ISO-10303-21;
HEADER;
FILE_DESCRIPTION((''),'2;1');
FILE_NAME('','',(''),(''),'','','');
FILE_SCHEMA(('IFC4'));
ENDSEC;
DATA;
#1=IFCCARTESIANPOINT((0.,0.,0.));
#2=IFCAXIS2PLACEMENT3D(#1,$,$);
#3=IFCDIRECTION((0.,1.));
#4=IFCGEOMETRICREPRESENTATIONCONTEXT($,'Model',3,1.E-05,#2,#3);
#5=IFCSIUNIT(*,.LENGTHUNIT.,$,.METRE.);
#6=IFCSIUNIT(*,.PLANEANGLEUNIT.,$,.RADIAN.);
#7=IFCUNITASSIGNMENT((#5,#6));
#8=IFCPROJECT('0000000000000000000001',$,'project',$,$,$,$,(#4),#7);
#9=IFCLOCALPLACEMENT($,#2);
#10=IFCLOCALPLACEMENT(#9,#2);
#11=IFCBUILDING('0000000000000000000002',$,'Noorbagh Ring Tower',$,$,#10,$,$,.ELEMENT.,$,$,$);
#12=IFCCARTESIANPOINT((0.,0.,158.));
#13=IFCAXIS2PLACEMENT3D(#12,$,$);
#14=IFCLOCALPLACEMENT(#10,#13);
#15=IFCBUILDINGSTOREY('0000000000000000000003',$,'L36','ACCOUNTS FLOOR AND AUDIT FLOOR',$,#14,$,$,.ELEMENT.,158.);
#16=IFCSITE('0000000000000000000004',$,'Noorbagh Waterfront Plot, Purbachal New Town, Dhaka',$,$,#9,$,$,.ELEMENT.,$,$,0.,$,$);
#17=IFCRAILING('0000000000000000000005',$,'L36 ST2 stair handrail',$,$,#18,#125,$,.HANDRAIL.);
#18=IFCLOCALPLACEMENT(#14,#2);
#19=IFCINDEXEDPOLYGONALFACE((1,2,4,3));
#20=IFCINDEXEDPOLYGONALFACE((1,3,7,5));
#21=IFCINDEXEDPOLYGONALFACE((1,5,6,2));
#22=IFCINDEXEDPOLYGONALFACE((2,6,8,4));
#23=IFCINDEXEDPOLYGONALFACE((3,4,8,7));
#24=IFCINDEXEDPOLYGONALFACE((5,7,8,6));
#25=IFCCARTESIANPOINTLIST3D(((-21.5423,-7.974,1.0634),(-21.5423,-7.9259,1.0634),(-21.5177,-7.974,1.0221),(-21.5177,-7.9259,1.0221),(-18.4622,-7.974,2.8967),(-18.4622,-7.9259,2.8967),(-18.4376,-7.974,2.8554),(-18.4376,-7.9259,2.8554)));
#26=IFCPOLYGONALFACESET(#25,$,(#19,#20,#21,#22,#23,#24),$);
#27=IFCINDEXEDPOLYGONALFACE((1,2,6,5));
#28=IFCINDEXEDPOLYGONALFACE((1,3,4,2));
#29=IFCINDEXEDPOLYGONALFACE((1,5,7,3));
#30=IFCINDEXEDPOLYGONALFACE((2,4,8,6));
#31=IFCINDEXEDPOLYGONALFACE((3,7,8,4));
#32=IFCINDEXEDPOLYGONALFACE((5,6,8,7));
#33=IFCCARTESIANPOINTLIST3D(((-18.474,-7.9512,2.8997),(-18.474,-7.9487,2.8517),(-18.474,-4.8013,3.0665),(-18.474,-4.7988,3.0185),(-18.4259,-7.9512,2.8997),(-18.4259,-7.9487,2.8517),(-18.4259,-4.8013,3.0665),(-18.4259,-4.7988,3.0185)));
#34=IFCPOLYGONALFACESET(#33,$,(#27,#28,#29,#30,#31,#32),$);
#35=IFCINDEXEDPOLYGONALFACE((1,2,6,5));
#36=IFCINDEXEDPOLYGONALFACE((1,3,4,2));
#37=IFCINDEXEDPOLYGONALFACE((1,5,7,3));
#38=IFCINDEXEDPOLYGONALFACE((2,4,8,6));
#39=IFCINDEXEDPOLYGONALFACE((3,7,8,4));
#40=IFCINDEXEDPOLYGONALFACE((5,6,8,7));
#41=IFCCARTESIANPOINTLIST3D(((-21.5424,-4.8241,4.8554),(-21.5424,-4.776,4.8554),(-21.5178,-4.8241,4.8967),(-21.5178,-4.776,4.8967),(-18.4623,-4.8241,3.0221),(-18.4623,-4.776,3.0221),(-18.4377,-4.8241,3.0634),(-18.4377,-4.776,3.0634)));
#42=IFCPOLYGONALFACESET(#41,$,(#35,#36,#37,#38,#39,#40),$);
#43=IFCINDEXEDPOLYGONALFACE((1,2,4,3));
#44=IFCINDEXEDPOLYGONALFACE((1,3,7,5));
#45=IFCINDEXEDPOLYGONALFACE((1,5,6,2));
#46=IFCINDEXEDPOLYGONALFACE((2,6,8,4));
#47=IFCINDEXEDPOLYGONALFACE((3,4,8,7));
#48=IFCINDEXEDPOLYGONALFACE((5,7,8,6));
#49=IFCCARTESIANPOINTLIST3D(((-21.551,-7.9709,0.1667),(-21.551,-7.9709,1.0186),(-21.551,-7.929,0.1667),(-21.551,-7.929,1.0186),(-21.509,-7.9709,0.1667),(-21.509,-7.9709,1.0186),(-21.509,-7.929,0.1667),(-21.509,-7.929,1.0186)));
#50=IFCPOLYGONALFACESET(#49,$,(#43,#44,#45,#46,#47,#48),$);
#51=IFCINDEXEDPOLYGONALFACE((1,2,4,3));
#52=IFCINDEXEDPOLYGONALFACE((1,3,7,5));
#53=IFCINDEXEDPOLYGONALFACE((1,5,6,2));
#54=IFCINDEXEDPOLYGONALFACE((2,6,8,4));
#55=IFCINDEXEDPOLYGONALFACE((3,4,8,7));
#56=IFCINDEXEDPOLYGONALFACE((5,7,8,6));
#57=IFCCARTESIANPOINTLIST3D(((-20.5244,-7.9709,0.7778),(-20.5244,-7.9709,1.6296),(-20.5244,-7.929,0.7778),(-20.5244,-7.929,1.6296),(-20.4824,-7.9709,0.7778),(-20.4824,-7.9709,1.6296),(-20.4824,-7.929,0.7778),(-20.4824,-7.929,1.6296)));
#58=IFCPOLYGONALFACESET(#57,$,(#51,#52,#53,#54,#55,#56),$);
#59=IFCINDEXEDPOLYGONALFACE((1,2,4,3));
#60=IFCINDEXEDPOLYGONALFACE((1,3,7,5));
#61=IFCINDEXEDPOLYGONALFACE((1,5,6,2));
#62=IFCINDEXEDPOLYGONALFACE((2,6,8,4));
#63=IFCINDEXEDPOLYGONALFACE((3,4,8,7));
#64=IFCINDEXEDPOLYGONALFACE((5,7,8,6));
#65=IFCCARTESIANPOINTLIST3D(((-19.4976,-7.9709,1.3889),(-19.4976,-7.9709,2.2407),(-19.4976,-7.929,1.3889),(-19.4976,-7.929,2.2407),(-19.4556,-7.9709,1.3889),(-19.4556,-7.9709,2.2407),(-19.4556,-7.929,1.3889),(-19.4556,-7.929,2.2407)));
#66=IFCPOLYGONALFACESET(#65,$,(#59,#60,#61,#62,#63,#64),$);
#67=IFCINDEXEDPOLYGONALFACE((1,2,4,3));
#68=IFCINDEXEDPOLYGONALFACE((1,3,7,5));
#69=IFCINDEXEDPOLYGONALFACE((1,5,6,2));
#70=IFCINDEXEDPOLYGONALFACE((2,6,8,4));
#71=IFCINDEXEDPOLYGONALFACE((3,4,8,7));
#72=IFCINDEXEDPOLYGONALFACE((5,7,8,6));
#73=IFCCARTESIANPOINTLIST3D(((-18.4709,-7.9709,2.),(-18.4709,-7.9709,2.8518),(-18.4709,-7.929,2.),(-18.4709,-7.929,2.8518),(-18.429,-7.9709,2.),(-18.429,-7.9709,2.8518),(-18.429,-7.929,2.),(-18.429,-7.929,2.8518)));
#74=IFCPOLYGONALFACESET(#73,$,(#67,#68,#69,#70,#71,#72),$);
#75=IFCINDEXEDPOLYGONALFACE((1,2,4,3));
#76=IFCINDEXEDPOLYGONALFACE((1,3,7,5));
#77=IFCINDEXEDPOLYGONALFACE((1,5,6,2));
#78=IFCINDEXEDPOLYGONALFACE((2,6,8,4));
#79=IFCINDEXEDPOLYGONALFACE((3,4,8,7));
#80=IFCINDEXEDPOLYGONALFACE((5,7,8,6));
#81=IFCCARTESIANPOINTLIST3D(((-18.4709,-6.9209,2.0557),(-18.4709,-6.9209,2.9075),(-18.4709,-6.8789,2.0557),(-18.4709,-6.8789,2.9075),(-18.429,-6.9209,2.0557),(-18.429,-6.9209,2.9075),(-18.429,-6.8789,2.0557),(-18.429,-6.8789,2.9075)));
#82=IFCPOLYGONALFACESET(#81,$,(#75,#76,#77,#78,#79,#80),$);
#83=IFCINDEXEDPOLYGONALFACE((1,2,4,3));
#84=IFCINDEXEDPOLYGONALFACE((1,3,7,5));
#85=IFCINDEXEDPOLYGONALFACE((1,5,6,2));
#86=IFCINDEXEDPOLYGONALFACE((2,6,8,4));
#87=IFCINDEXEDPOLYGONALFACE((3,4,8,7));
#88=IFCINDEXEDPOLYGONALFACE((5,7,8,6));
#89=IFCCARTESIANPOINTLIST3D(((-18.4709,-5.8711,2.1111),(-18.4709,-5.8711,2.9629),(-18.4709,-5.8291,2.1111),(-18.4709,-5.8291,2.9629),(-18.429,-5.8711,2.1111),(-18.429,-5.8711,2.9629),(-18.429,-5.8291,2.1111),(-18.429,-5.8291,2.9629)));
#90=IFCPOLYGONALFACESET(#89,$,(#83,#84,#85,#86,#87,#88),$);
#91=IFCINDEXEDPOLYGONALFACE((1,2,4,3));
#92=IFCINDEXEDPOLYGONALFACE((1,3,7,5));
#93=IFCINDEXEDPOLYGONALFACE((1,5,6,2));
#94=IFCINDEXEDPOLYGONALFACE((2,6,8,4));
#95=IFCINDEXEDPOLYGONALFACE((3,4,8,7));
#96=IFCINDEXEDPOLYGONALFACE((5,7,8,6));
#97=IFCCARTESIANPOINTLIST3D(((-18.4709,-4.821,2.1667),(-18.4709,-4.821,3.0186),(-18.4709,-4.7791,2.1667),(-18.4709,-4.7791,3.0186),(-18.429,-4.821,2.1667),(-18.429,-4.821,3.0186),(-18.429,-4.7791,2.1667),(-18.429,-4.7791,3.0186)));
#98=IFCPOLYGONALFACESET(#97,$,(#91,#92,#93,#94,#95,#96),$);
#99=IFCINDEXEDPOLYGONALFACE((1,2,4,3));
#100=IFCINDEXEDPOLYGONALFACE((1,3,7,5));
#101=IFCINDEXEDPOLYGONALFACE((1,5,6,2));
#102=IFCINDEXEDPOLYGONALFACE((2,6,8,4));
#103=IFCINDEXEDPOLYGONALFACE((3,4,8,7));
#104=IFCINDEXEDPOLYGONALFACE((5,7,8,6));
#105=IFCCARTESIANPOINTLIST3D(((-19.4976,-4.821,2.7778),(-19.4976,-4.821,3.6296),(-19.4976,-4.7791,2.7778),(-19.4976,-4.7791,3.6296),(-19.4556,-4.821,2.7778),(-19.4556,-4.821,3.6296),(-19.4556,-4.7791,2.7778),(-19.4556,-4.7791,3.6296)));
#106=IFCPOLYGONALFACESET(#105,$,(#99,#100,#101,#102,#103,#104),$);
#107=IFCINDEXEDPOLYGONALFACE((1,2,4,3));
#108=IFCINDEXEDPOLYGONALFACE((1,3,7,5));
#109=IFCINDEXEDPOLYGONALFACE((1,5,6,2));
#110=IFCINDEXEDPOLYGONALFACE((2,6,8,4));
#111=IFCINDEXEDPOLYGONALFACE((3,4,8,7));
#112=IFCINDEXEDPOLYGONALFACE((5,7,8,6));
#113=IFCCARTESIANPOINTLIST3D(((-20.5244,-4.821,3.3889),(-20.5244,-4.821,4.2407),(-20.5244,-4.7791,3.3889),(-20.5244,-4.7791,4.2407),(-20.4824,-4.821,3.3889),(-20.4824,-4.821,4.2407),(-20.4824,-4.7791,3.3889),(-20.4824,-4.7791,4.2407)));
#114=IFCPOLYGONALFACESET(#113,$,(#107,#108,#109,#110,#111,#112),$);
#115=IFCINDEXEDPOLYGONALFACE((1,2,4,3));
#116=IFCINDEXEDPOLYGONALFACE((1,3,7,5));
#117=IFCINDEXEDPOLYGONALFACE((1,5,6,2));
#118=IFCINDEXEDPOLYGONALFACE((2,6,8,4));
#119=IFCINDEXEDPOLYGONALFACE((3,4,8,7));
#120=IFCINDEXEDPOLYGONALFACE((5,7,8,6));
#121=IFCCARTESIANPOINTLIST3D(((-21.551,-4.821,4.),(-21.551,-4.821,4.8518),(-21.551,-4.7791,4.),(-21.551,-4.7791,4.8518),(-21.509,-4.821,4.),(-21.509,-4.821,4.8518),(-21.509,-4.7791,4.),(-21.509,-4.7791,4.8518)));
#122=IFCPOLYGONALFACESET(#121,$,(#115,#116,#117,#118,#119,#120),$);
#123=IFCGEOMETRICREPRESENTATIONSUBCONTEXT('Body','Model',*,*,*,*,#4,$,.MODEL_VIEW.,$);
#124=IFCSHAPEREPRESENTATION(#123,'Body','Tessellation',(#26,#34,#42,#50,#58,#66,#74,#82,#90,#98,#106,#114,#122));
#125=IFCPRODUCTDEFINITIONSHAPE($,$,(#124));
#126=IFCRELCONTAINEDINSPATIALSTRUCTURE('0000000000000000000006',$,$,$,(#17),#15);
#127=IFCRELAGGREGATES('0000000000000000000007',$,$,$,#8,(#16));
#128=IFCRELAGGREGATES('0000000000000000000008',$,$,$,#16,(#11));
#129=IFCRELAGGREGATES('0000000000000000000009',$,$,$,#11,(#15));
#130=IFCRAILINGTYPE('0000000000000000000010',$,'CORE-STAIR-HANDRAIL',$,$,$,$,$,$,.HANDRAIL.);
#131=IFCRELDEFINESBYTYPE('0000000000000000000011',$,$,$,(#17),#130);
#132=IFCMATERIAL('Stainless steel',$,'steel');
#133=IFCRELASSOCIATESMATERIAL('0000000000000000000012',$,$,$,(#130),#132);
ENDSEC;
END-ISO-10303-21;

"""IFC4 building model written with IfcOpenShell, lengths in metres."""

from ifc_helpers import new_model, si_unit, direction, frame, origin, origin_2d, place, context, subcontext, project, spatial, rectangle, extrude, material, type_object, element, save


model = new_model("IFC4")

# Units and contexts
model_context = context("Model", 3, precision=1e-05, world=origin(), true_north=direction((0.0, 1.0)))
body_context = subcontext(model_context, "Body", "Model", "MODEL_VIEW")
ifc_project = project(units=[si_unit("LENGTHUNIT", "METRE"), si_unit("PLANEANGLEUNIT", "RADIAN")], contexts=[model_context])

# Site, building, storey
site_placement = place(None, origin())
site = spatial("IfcSite", under=ifc_project, at=site_placement, Name="Noorbagh Waterfront Plot, Purbachal New Town, Dhaka", CompositionType="ELEMENT", RefElevation=0.0)
building_placement = place(site_placement, origin())
building = spatial("IfcBuilding", under=site, at=building_placement, Name="Noorbagh Ring Tower", CompositionType="ELEMENT")
storey_placement = place(building_placement, frame((0.0, 0.0, 158.0)))
storey = spatial("IfcBuildingStorey", under=building, at=storey_placement, Name="L36", Description="ACCOUNTS FLOOR AND AUDIT FLOOR", CompositionType="ELEMENT", Elevation=158.0)

# Railing
ifc_material_1 = material(Name="Stainless steel", Category="steel")
railing_type_1 = type_object("IfcRailingType", Name="CORE-STAIR-HANDRAIL", PredefinedType="HANDRAIL", material=ifc_material_1)
railing_1_placement = place(storey_placement, frame((-21.53, -7.95, 0.1667)))
element("IfcRailing", 1, at=railing_1_placement, inside=storey, type_object=railing_type_1, Name="L36 ST2 stair handrail", PredefinedType="HANDRAIL", context=body_context, shape_type="SweptSolid", body=[
    extrude(rectangle(XDim=0.0481, YDim=0.0481, at=origin_2d()), frame((0.0, 0.0, 0.876), z_axis=(0.859309, 0.0, 0.511458), x_axis=(0.0, 1.0, 0.0)), (0.0, 0.0, 1.0), 3.5845),
    extrude(rectangle(XDim=0.0481, YDim=0.0481, at=origin_2d()), frame((3.0801, 0.0, 2.709), z_axis=(0.0, 0.998602, 0.052864), x_axis=(-1.0, 0.0, 0.0)), (0.0, 0.0, 1.0), 3.1543),
    extrude(rectangle(XDim=0.0481, YDim=0.0481, at=origin_2d()), frame((3.0801, 3.1499, 2.876), z_axis=(-0.859309, 0.0, 0.511458), x_axis=(0.0, -1.0, 0.0)), (0.0, 0.0, 1.0), 3.5845),
    extrude(rectangle(XDim=0.042, YDim=0.042, at=origin_2d()), origin(), (0.0, 0.0, 1.0), 0.8518),
    extrude(rectangle(XDim=0.042, YDim=0.042, at=origin_2d()), frame((1.0266, 0.0, 0.6111)), (0.0, 0.0, 1.0), 0.8518),
    extrude(rectangle(XDim=0.042, YDim=0.042, at=origin_2d()), frame((2.0535, 0.0, 1.2222)), (0.0, 0.0, 1.0), 0.8518),
    extrude(rectangle(XDim=0.042, YDim=0.042, at=origin_2d()), frame((3.0801, 0.0, 1.8333)), (0.0, 0.0, 1.0), 0.8518),
    extrude(rectangle(XDim=0.042, YDim=0.042, at=origin_2d()), frame((3.0801, 1.05, 1.8889)), (0.0, 0.0, 1.0), 0.8518),
    extrude(rectangle(XDim=0.042, YDim=0.042, at=origin_2d()), frame((3.0801, 2.0999, 1.9443)), (0.0, 0.0, 1.0), 0.8518),
    extrude(rectangle(XDim=0.042, YDim=0.042, at=origin_2d()), frame((3.0801, 3.1499, 2.0)), (0.0, 0.0, 1.0), 0.8518),
    extrude(rectangle(XDim=0.042, YDim=0.042, at=origin_2d()), frame((2.0535, 3.1499, 2.6111)), (0.0, 0.0, 1.0), 0.8518),
    extrude(rectangle(XDim=0.042, YDim=0.042, at=origin_2d()), frame((1.0266, 3.1499, 3.2222)), (0.0, 0.0, 1.0), 0.8518),
    extrude(rectangle(XDim=0.042, YDim=0.042, at=origin_2d()), frame((0.0, 3.1499, 3.8333)), (0.0, 0.0, 1.0), 0.8518),
])

save(model, "model.ifc")
